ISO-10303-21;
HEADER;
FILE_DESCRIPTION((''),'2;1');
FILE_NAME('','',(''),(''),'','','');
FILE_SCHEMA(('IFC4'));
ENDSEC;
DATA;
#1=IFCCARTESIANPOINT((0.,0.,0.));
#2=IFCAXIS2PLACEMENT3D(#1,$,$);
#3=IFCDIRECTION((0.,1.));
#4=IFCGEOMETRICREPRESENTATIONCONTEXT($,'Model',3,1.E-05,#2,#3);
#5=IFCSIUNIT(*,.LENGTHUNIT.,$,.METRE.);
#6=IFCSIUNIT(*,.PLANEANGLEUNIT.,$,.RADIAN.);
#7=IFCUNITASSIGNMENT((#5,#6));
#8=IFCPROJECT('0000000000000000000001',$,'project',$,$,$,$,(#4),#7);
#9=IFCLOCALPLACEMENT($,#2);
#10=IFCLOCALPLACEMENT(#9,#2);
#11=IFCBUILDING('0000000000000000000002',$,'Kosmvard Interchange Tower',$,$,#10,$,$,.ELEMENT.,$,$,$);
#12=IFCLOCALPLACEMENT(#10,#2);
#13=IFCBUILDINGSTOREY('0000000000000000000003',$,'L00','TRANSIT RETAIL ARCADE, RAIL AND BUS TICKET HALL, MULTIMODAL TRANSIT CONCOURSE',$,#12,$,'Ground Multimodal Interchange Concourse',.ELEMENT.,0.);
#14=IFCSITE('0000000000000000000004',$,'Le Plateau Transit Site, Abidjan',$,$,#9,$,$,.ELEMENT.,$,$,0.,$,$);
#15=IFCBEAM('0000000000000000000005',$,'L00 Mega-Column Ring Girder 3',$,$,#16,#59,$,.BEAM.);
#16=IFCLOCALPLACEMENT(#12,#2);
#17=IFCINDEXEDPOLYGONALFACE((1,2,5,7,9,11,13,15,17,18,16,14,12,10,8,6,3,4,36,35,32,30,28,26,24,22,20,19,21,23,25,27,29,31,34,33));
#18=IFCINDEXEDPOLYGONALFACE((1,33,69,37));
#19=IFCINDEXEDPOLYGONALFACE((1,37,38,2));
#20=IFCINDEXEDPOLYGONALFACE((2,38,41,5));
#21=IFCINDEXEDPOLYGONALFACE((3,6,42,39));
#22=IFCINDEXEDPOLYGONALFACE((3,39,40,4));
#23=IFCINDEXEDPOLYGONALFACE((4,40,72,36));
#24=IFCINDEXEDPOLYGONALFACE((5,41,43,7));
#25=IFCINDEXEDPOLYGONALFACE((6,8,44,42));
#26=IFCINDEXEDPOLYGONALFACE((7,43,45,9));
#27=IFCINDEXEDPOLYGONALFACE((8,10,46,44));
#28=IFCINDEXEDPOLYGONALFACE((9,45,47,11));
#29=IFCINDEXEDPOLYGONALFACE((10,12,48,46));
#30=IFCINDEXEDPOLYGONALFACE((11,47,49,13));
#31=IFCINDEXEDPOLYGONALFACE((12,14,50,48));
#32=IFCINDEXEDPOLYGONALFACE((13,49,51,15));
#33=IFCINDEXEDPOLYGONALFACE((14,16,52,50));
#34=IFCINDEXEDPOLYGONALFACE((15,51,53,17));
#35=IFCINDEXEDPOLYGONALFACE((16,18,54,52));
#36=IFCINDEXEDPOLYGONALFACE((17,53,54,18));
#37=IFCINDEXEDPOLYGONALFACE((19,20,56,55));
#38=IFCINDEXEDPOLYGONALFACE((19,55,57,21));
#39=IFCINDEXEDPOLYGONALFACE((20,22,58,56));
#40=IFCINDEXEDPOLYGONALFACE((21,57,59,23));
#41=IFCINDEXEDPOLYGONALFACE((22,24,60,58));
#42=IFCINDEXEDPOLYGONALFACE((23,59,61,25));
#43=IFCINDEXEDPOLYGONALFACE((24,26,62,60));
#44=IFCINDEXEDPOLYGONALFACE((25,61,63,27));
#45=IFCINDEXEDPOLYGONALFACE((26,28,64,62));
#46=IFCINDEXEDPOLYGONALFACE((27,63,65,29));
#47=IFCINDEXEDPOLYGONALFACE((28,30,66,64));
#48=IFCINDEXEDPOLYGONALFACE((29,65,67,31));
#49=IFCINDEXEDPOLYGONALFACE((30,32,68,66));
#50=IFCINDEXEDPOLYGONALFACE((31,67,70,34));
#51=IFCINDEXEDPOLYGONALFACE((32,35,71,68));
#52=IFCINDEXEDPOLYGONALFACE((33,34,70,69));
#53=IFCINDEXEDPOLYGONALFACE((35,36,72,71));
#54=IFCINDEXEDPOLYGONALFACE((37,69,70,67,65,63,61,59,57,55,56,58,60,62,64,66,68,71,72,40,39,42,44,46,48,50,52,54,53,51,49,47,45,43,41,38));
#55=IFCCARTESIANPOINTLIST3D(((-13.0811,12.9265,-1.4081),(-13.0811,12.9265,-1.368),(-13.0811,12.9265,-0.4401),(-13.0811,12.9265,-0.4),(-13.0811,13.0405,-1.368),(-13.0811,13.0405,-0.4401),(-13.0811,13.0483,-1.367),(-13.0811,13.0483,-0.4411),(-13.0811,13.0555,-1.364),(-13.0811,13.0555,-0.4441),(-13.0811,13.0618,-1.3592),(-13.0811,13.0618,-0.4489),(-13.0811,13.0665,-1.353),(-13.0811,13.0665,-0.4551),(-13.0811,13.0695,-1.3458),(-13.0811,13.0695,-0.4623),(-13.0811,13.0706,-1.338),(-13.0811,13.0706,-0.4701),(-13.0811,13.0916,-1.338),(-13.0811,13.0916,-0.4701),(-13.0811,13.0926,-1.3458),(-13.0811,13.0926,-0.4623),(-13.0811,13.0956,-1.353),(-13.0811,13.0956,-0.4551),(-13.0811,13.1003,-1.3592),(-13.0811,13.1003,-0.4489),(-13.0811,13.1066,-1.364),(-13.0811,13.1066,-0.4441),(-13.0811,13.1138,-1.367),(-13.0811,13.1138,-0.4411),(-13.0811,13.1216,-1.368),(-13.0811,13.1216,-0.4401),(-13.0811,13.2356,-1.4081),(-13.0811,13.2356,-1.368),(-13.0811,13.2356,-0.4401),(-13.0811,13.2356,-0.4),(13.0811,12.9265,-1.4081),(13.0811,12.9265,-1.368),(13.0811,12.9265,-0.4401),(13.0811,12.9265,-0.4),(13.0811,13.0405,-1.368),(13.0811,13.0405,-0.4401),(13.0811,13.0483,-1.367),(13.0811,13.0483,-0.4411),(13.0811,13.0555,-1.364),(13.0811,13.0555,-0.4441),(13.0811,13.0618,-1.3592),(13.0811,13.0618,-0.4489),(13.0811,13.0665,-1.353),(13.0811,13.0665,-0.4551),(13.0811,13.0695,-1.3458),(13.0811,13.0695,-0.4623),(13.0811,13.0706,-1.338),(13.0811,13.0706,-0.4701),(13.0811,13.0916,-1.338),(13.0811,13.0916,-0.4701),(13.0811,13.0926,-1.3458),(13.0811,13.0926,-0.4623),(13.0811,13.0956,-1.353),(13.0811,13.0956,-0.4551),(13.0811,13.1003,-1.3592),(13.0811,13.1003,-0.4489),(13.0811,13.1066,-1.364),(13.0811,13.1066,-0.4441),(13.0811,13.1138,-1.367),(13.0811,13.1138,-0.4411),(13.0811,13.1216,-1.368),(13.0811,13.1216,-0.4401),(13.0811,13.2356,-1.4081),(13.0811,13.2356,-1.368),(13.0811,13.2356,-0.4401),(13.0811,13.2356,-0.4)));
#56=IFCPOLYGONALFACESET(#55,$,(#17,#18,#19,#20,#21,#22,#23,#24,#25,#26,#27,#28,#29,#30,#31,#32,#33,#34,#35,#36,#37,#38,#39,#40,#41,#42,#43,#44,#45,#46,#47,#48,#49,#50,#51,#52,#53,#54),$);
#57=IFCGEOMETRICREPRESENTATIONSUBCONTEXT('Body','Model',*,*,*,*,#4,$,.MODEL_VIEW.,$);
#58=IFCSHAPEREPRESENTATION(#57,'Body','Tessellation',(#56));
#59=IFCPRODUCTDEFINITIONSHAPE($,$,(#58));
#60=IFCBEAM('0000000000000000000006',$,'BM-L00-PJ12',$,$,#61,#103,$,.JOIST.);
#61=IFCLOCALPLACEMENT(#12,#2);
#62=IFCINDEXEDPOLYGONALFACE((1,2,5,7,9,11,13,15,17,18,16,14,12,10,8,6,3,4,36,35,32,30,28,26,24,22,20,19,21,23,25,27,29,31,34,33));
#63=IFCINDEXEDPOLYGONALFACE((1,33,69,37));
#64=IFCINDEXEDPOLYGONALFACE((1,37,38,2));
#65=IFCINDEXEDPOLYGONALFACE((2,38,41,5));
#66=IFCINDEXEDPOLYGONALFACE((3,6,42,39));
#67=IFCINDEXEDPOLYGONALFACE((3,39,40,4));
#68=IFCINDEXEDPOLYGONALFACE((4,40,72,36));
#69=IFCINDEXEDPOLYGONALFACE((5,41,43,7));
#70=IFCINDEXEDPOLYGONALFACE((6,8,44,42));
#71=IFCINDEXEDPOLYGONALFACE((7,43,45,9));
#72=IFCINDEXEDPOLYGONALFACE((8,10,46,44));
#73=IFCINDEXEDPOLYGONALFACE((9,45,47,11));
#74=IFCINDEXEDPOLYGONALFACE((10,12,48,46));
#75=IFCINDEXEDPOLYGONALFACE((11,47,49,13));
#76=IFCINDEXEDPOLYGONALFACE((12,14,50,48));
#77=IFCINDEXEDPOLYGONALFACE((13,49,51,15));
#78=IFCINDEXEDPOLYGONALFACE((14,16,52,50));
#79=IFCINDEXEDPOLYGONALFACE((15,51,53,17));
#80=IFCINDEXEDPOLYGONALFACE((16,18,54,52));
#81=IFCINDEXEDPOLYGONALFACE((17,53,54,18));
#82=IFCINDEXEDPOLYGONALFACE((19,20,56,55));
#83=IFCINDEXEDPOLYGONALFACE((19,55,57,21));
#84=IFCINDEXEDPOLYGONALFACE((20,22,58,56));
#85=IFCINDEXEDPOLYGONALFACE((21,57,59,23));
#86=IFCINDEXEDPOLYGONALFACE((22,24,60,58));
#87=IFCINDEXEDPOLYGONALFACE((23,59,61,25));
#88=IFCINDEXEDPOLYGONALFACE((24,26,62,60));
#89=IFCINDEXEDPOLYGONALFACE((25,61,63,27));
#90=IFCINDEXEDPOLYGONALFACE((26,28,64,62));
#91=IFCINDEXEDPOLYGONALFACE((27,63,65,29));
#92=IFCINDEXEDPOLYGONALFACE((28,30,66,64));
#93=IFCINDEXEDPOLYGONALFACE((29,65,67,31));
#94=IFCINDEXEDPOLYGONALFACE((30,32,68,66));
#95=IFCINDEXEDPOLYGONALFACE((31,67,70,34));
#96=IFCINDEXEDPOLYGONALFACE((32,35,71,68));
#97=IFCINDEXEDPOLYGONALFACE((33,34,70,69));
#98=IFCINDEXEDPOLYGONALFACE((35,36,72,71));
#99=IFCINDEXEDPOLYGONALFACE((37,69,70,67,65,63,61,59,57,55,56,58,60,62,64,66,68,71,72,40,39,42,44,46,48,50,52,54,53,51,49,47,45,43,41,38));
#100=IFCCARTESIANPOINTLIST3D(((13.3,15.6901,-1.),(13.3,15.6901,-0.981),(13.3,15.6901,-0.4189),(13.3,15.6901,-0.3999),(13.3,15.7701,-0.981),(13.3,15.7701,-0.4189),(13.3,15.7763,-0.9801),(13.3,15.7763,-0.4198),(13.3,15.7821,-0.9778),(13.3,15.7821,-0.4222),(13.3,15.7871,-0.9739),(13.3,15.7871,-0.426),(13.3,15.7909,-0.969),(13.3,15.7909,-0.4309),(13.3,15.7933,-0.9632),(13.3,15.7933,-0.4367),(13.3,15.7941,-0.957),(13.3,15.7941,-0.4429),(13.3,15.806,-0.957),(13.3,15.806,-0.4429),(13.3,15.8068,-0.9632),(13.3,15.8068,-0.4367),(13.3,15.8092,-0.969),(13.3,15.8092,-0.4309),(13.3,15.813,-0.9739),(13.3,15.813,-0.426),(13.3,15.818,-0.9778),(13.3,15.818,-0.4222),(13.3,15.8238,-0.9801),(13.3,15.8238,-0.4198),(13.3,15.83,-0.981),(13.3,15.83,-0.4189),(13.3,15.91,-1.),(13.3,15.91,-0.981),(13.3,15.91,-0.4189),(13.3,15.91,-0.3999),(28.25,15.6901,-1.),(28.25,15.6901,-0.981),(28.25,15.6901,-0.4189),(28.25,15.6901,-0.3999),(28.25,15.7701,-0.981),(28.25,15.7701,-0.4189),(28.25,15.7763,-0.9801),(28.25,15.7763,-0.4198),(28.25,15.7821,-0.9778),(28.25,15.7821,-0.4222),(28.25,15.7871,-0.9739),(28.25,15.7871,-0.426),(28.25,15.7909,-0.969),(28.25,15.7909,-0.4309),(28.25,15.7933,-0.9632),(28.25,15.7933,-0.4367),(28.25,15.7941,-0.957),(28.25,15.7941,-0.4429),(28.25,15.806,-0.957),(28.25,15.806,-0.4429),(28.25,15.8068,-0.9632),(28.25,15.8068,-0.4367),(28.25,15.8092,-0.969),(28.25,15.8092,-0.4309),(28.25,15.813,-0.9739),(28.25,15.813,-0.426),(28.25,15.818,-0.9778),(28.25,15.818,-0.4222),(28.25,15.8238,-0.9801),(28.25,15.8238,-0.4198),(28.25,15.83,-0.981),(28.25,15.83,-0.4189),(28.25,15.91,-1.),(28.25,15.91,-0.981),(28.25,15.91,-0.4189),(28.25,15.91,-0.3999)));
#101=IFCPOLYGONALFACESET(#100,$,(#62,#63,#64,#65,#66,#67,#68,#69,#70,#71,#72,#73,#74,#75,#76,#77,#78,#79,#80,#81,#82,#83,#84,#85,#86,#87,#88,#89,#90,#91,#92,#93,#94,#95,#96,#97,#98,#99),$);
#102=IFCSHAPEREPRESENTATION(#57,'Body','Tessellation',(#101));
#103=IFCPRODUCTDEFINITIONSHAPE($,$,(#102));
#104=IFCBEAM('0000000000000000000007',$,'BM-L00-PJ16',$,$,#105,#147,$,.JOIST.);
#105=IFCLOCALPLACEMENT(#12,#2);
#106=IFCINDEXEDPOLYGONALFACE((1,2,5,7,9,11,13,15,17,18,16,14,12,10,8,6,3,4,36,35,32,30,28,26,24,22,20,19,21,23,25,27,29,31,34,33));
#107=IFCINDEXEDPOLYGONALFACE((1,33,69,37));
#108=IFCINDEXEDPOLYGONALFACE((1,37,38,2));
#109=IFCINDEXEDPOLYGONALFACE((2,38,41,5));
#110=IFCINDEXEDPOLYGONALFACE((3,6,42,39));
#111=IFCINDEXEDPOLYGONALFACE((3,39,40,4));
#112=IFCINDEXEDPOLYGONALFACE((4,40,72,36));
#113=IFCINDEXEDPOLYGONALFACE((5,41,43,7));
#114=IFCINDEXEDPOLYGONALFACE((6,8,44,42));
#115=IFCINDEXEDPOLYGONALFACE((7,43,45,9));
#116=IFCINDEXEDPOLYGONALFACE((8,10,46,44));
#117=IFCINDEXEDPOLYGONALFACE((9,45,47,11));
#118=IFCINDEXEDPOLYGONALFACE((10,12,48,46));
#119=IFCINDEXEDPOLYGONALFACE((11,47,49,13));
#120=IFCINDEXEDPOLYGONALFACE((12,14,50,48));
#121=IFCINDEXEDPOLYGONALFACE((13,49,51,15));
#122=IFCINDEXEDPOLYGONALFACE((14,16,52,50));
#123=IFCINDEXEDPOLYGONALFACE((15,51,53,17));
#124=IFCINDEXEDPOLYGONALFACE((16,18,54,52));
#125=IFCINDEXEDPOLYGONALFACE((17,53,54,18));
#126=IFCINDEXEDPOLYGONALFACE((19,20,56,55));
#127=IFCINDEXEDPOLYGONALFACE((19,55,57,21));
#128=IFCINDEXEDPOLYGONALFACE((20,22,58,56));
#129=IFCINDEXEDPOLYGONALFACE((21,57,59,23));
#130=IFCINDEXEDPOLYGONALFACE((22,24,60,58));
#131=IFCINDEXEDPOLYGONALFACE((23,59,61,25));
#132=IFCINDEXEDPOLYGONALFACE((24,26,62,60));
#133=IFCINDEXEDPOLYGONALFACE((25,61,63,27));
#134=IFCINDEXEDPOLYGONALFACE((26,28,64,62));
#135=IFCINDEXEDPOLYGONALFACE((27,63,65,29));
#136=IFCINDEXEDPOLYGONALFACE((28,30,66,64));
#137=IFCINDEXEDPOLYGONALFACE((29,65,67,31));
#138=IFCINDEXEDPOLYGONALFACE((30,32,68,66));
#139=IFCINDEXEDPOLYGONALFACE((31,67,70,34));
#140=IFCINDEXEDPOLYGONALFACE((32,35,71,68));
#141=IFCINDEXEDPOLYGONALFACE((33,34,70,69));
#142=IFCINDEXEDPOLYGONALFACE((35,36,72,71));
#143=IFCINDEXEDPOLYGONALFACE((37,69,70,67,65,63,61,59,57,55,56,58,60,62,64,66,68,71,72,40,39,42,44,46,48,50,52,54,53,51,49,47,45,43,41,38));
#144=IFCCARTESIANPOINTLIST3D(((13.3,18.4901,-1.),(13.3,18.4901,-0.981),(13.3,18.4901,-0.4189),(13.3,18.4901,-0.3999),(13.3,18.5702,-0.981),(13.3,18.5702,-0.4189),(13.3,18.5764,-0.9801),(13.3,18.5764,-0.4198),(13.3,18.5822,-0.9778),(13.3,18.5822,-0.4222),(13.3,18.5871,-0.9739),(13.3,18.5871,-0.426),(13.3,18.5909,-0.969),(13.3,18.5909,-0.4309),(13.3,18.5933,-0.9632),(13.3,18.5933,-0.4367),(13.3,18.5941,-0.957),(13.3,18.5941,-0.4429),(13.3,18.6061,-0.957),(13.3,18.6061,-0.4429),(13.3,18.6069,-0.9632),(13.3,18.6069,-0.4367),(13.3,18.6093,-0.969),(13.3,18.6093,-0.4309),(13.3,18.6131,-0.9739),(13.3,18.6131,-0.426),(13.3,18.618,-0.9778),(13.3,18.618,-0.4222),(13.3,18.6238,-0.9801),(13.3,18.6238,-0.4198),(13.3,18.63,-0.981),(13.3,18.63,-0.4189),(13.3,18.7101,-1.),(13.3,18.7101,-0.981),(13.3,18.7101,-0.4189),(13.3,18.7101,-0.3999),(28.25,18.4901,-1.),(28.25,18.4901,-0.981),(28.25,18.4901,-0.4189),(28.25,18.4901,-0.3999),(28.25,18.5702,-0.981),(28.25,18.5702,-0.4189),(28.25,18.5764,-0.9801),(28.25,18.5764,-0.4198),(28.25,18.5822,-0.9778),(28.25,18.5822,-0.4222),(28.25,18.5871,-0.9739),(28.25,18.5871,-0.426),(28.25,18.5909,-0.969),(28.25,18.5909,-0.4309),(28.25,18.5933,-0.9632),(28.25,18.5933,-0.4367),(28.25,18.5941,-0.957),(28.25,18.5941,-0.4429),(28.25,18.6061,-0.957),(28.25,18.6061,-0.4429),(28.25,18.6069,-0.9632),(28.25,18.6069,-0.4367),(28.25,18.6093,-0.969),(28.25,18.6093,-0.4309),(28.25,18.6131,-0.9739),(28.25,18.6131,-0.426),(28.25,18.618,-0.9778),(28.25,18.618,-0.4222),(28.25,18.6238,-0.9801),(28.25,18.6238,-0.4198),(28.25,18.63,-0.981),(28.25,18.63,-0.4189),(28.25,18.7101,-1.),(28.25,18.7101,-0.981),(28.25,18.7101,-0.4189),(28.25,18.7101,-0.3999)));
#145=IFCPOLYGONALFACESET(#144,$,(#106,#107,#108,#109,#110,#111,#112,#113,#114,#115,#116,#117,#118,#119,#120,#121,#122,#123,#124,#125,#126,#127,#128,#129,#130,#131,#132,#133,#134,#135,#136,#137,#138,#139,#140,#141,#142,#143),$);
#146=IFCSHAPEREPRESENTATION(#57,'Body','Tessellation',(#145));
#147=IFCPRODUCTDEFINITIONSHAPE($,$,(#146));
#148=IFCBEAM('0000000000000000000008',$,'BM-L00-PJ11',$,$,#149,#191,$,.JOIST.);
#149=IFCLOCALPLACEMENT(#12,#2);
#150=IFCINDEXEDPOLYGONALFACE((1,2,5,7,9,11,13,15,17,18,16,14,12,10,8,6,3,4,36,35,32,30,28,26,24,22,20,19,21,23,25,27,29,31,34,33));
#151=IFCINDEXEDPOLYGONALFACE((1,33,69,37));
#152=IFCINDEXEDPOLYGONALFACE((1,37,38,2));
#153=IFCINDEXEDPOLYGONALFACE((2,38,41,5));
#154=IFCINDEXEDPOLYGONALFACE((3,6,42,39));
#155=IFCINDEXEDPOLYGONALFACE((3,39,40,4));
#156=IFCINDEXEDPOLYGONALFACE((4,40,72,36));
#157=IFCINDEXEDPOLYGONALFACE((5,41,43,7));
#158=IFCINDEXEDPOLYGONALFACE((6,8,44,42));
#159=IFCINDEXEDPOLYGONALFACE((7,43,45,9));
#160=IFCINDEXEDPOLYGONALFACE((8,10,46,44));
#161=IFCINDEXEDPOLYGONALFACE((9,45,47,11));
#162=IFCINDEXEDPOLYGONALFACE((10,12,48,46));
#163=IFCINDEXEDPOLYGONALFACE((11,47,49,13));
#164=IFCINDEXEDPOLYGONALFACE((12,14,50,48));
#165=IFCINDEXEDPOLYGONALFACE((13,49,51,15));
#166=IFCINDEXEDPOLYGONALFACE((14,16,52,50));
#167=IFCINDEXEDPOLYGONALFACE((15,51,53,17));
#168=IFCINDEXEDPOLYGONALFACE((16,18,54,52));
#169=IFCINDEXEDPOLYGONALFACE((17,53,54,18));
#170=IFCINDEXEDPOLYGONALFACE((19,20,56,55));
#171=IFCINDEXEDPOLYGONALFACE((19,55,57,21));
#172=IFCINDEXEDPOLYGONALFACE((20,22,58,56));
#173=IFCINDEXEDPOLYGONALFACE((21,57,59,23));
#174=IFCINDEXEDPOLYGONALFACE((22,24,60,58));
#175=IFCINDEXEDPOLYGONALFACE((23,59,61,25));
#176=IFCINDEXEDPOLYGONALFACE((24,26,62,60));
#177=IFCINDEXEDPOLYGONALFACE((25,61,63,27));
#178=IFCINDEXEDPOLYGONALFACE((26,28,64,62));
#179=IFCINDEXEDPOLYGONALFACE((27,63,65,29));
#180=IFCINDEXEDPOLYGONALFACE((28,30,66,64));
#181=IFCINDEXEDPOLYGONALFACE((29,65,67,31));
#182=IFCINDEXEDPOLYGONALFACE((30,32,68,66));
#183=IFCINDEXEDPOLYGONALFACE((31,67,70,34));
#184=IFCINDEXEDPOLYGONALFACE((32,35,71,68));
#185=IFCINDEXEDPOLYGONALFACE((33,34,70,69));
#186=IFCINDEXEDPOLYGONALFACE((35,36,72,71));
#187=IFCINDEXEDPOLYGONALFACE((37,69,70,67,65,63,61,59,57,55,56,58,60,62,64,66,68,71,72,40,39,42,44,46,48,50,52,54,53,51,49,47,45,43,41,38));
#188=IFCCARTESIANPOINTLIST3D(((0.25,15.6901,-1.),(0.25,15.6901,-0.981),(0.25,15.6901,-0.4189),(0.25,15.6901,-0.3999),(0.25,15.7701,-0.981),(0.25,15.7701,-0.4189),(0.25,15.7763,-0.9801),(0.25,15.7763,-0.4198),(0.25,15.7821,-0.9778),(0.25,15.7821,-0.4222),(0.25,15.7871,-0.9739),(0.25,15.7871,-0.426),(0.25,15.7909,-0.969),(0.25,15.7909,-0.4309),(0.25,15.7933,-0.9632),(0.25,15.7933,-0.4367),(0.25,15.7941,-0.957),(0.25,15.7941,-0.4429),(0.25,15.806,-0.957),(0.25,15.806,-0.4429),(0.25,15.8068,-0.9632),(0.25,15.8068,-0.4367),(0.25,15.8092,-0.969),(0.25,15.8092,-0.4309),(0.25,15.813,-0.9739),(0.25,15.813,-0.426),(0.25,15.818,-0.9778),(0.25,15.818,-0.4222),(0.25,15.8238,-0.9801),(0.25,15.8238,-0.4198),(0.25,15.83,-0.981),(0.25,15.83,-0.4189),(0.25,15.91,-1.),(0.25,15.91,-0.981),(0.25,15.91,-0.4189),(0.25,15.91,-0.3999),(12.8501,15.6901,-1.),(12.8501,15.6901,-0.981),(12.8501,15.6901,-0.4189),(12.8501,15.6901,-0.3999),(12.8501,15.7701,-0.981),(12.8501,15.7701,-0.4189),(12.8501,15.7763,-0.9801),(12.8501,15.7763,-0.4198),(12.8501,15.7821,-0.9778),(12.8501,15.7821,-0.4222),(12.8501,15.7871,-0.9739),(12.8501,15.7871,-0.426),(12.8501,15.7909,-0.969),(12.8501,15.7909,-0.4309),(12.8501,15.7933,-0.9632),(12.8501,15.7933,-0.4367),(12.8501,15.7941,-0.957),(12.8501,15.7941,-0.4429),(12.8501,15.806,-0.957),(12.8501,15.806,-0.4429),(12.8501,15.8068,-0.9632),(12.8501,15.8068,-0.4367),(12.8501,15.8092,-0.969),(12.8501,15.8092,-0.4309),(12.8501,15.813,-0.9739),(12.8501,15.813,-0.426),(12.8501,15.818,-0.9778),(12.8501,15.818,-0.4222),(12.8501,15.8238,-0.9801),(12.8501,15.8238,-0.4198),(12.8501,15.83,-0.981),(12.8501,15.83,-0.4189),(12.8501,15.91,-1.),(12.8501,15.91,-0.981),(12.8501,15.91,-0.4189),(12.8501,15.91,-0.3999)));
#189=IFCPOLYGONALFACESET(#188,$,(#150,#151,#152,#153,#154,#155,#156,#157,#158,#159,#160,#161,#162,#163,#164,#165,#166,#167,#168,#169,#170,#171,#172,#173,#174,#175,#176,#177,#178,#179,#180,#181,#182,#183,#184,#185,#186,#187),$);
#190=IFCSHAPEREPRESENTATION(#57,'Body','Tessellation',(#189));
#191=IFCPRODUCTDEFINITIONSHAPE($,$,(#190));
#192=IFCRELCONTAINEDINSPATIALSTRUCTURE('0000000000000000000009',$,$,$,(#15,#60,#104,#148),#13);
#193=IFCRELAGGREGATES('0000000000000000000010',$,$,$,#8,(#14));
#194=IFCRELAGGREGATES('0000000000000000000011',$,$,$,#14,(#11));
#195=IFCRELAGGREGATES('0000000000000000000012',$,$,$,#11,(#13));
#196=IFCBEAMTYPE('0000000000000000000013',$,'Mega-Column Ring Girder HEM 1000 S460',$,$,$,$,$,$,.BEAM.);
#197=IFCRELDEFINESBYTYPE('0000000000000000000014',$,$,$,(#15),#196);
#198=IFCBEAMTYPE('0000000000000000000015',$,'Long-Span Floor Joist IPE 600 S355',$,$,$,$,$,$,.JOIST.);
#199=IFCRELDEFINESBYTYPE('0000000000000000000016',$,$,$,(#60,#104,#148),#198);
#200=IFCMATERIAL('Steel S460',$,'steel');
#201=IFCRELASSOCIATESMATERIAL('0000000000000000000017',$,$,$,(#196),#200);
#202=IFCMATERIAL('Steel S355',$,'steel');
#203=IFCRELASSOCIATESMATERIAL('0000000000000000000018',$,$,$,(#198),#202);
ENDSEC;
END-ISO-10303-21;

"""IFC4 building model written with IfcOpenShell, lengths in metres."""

from ifc_helpers import new_model, si_unit, direction, frame, origin, origin_2d, place, context, subcontext, project, spatial, i_section, extrude, source, transform, mapped, material, material_profile, profile_set, type_object, element, save


model = new_model("IFC4")

# Units and contexts
model_context = context("Model", 3, precision=1e-05, world=origin(), true_north=direction((0.0, 1.0)))
body_context = subcontext(model_context, "Body", "Model", "MODEL_VIEW")
ifc_project = project(units=[si_unit("LENGTHUNIT", "METRE"), si_unit("PLANEANGLEUNIT", "RADIAN")], contexts=[model_context])

# Site, building, storey
site_placement = place(None, origin())
site = spatial("IfcSite", under=ifc_project, at=site_placement, Name="Le Plateau Transit Site, Abidjan", CompositionType="ELEMENT", RefElevation=0.0)
building_placement = place(site_placement, origin())
building = spatial("IfcBuilding", under=site, at=building_placement, Name="Kosmvard Interchange Tower", CompositionType="ELEMENT")
storey_placement = place(building_placement, origin())
storey = spatial("IfcBuildingStorey", under=building, at=storey_placement, Name="L00", Description="TRANSIT RETAIL ARCADE, RAIL AND BUS TICKET HALL, MULTIMODAL TRANSIT CONCOURSE", LongName="Ground Multimodal Interchange Concourse", CompositionType="ELEMENT", Elevation=0.0)

# Shared definitions
ifc_material_1 = material(Name="Steel S355", Category="steel")

# Beams
ifc_material_2 = material(Name="Steel S460", Category="steel")
ifc_material_profile_1 = material_profile(ifc_material_2, i_section(OverallWidth=0.3091, OverallDepth=1.0081, WebThickness=0.021, FlangeThickness=0.04, FilletRadius=0.03, at=origin_2d()), Name="HEM 1000")
ifc_profile_set_1 = profile_set([ifc_material_profile_1], Name="Steel S460")
beam_type_1 = type_object("IfcBeamType", Name="Mega-Column Ring Girder HEM 1000 S460", PredefinedType="BEAM", material=ifc_profile_set_1)
shared_shape_1 = source(origin(), body_context, "Body", "SweptSolid", [
    extrude(i_section(OverallWidth=0.3091, OverallDepth=1.0081, WebThickness=0.021, FlangeThickness=0.04, FilletRadius=0.03, at=origin_2d()), origin(), (0.0, 0.0, 1.0), 26.1621),
])
beam_1_placement = place(storey_placement, frame((13.0811, 13.0811, -0.9041), z_axis=(-1.0, 0.0, 0.0), x_axis=(0.0, -1.0, 0.0)))
element("IfcBeam", 1, at=beam_1_placement, inside=storey, type_object=beam_type_1, Name="L00 Mega-Column Ring Girder 3", PredefinedType="BEAM", context=body_context, shape_type="MappedRepresentation", body=[
    mapped(shared_shape_1, transform((0.0, 0.0, 0.0), scale=1.0)),
])
ifc_material_profile_2 = material_profile(ifc_material_1, i_section(OverallWidth=0.22, OverallDepth=0.6001, WebThickness=0.012, FlangeThickness=0.019, FilletRadius=0.0239, at=origin_2d()), Name="IPE 600")
ifc_profile_set_2 = profile_set([ifc_material_profile_2], Name="Steel S355")
beam_type_2 = type_object("IfcBeamType", Name="Long-Span Floor Joist IPE 600 S355", PredefinedType="JOIST", material=ifc_profile_set_2)
shared_shape_2 = source(origin(), body_context, "Body", "SweptSolid", [
    extrude(i_section(OverallWidth=0.22, OverallDepth=0.6001, WebThickness=0.012, FlangeThickness=0.019, FilletRadius=0.0239, at=origin_2d()), origin(), (0.0, 0.0, 1.0), 14.95),
])
for number, where, z_axis, x_axis, name in (
    (2, (13.3, 15.8, -0.7), (1.0, 0.0, 0.0), (0.0, 1.0, 0.0), "BM-L00-PJ12"),
    (3, (13.3, 18.6001, -0.7), (1.0, 0.0, 0.0), (0.0, 1.0, 0.0), "BM-L00-PJ16"),
):
    element("IfcBeam", number, at=place(storey_placement, frame(where, z_axis=z_axis, x_axis=x_axis)), inside=storey, type_object=beam_type_2, Name=name, PredefinedType="JOIST", context=body_context, shape_type="MappedRepresentation", body=[
        mapped(shared_shape_2, transform((0.0, 0.0, 0.0), scale=1.0)),
    ])
shared_shape_3 = source(origin(), body_context, "Body", "SweptSolid", [
    extrude(i_section(OverallWidth=0.22, OverallDepth=0.6001, WebThickness=0.012, FlangeThickness=0.019, FilletRadius=0.0239, at=origin_2d()), origin(), (0.0, 0.0, 1.0), 12.6001),
])
for number, where, z_axis, x_axis, name in (
    (4, (0.25, 15.8, -0.7), (1.0, 0.0, 0.0), (0.0, 1.0, 0.0), "BM-L00-PJ11"),
):
    element("IfcBeam", number, at=place(storey_placement, frame(where, z_axis=z_axis, x_axis=x_axis)), inside=storey, type_object=beam_type_2, Name=name, PredefinedType="JOIST", context=body_context, shape_type="MappedRepresentation", body=[
        mapped(shared_shape_3, transform((0.0, 0.0, 0.0), scale=1.0)),
    ])

save(model, "model.ifc")
